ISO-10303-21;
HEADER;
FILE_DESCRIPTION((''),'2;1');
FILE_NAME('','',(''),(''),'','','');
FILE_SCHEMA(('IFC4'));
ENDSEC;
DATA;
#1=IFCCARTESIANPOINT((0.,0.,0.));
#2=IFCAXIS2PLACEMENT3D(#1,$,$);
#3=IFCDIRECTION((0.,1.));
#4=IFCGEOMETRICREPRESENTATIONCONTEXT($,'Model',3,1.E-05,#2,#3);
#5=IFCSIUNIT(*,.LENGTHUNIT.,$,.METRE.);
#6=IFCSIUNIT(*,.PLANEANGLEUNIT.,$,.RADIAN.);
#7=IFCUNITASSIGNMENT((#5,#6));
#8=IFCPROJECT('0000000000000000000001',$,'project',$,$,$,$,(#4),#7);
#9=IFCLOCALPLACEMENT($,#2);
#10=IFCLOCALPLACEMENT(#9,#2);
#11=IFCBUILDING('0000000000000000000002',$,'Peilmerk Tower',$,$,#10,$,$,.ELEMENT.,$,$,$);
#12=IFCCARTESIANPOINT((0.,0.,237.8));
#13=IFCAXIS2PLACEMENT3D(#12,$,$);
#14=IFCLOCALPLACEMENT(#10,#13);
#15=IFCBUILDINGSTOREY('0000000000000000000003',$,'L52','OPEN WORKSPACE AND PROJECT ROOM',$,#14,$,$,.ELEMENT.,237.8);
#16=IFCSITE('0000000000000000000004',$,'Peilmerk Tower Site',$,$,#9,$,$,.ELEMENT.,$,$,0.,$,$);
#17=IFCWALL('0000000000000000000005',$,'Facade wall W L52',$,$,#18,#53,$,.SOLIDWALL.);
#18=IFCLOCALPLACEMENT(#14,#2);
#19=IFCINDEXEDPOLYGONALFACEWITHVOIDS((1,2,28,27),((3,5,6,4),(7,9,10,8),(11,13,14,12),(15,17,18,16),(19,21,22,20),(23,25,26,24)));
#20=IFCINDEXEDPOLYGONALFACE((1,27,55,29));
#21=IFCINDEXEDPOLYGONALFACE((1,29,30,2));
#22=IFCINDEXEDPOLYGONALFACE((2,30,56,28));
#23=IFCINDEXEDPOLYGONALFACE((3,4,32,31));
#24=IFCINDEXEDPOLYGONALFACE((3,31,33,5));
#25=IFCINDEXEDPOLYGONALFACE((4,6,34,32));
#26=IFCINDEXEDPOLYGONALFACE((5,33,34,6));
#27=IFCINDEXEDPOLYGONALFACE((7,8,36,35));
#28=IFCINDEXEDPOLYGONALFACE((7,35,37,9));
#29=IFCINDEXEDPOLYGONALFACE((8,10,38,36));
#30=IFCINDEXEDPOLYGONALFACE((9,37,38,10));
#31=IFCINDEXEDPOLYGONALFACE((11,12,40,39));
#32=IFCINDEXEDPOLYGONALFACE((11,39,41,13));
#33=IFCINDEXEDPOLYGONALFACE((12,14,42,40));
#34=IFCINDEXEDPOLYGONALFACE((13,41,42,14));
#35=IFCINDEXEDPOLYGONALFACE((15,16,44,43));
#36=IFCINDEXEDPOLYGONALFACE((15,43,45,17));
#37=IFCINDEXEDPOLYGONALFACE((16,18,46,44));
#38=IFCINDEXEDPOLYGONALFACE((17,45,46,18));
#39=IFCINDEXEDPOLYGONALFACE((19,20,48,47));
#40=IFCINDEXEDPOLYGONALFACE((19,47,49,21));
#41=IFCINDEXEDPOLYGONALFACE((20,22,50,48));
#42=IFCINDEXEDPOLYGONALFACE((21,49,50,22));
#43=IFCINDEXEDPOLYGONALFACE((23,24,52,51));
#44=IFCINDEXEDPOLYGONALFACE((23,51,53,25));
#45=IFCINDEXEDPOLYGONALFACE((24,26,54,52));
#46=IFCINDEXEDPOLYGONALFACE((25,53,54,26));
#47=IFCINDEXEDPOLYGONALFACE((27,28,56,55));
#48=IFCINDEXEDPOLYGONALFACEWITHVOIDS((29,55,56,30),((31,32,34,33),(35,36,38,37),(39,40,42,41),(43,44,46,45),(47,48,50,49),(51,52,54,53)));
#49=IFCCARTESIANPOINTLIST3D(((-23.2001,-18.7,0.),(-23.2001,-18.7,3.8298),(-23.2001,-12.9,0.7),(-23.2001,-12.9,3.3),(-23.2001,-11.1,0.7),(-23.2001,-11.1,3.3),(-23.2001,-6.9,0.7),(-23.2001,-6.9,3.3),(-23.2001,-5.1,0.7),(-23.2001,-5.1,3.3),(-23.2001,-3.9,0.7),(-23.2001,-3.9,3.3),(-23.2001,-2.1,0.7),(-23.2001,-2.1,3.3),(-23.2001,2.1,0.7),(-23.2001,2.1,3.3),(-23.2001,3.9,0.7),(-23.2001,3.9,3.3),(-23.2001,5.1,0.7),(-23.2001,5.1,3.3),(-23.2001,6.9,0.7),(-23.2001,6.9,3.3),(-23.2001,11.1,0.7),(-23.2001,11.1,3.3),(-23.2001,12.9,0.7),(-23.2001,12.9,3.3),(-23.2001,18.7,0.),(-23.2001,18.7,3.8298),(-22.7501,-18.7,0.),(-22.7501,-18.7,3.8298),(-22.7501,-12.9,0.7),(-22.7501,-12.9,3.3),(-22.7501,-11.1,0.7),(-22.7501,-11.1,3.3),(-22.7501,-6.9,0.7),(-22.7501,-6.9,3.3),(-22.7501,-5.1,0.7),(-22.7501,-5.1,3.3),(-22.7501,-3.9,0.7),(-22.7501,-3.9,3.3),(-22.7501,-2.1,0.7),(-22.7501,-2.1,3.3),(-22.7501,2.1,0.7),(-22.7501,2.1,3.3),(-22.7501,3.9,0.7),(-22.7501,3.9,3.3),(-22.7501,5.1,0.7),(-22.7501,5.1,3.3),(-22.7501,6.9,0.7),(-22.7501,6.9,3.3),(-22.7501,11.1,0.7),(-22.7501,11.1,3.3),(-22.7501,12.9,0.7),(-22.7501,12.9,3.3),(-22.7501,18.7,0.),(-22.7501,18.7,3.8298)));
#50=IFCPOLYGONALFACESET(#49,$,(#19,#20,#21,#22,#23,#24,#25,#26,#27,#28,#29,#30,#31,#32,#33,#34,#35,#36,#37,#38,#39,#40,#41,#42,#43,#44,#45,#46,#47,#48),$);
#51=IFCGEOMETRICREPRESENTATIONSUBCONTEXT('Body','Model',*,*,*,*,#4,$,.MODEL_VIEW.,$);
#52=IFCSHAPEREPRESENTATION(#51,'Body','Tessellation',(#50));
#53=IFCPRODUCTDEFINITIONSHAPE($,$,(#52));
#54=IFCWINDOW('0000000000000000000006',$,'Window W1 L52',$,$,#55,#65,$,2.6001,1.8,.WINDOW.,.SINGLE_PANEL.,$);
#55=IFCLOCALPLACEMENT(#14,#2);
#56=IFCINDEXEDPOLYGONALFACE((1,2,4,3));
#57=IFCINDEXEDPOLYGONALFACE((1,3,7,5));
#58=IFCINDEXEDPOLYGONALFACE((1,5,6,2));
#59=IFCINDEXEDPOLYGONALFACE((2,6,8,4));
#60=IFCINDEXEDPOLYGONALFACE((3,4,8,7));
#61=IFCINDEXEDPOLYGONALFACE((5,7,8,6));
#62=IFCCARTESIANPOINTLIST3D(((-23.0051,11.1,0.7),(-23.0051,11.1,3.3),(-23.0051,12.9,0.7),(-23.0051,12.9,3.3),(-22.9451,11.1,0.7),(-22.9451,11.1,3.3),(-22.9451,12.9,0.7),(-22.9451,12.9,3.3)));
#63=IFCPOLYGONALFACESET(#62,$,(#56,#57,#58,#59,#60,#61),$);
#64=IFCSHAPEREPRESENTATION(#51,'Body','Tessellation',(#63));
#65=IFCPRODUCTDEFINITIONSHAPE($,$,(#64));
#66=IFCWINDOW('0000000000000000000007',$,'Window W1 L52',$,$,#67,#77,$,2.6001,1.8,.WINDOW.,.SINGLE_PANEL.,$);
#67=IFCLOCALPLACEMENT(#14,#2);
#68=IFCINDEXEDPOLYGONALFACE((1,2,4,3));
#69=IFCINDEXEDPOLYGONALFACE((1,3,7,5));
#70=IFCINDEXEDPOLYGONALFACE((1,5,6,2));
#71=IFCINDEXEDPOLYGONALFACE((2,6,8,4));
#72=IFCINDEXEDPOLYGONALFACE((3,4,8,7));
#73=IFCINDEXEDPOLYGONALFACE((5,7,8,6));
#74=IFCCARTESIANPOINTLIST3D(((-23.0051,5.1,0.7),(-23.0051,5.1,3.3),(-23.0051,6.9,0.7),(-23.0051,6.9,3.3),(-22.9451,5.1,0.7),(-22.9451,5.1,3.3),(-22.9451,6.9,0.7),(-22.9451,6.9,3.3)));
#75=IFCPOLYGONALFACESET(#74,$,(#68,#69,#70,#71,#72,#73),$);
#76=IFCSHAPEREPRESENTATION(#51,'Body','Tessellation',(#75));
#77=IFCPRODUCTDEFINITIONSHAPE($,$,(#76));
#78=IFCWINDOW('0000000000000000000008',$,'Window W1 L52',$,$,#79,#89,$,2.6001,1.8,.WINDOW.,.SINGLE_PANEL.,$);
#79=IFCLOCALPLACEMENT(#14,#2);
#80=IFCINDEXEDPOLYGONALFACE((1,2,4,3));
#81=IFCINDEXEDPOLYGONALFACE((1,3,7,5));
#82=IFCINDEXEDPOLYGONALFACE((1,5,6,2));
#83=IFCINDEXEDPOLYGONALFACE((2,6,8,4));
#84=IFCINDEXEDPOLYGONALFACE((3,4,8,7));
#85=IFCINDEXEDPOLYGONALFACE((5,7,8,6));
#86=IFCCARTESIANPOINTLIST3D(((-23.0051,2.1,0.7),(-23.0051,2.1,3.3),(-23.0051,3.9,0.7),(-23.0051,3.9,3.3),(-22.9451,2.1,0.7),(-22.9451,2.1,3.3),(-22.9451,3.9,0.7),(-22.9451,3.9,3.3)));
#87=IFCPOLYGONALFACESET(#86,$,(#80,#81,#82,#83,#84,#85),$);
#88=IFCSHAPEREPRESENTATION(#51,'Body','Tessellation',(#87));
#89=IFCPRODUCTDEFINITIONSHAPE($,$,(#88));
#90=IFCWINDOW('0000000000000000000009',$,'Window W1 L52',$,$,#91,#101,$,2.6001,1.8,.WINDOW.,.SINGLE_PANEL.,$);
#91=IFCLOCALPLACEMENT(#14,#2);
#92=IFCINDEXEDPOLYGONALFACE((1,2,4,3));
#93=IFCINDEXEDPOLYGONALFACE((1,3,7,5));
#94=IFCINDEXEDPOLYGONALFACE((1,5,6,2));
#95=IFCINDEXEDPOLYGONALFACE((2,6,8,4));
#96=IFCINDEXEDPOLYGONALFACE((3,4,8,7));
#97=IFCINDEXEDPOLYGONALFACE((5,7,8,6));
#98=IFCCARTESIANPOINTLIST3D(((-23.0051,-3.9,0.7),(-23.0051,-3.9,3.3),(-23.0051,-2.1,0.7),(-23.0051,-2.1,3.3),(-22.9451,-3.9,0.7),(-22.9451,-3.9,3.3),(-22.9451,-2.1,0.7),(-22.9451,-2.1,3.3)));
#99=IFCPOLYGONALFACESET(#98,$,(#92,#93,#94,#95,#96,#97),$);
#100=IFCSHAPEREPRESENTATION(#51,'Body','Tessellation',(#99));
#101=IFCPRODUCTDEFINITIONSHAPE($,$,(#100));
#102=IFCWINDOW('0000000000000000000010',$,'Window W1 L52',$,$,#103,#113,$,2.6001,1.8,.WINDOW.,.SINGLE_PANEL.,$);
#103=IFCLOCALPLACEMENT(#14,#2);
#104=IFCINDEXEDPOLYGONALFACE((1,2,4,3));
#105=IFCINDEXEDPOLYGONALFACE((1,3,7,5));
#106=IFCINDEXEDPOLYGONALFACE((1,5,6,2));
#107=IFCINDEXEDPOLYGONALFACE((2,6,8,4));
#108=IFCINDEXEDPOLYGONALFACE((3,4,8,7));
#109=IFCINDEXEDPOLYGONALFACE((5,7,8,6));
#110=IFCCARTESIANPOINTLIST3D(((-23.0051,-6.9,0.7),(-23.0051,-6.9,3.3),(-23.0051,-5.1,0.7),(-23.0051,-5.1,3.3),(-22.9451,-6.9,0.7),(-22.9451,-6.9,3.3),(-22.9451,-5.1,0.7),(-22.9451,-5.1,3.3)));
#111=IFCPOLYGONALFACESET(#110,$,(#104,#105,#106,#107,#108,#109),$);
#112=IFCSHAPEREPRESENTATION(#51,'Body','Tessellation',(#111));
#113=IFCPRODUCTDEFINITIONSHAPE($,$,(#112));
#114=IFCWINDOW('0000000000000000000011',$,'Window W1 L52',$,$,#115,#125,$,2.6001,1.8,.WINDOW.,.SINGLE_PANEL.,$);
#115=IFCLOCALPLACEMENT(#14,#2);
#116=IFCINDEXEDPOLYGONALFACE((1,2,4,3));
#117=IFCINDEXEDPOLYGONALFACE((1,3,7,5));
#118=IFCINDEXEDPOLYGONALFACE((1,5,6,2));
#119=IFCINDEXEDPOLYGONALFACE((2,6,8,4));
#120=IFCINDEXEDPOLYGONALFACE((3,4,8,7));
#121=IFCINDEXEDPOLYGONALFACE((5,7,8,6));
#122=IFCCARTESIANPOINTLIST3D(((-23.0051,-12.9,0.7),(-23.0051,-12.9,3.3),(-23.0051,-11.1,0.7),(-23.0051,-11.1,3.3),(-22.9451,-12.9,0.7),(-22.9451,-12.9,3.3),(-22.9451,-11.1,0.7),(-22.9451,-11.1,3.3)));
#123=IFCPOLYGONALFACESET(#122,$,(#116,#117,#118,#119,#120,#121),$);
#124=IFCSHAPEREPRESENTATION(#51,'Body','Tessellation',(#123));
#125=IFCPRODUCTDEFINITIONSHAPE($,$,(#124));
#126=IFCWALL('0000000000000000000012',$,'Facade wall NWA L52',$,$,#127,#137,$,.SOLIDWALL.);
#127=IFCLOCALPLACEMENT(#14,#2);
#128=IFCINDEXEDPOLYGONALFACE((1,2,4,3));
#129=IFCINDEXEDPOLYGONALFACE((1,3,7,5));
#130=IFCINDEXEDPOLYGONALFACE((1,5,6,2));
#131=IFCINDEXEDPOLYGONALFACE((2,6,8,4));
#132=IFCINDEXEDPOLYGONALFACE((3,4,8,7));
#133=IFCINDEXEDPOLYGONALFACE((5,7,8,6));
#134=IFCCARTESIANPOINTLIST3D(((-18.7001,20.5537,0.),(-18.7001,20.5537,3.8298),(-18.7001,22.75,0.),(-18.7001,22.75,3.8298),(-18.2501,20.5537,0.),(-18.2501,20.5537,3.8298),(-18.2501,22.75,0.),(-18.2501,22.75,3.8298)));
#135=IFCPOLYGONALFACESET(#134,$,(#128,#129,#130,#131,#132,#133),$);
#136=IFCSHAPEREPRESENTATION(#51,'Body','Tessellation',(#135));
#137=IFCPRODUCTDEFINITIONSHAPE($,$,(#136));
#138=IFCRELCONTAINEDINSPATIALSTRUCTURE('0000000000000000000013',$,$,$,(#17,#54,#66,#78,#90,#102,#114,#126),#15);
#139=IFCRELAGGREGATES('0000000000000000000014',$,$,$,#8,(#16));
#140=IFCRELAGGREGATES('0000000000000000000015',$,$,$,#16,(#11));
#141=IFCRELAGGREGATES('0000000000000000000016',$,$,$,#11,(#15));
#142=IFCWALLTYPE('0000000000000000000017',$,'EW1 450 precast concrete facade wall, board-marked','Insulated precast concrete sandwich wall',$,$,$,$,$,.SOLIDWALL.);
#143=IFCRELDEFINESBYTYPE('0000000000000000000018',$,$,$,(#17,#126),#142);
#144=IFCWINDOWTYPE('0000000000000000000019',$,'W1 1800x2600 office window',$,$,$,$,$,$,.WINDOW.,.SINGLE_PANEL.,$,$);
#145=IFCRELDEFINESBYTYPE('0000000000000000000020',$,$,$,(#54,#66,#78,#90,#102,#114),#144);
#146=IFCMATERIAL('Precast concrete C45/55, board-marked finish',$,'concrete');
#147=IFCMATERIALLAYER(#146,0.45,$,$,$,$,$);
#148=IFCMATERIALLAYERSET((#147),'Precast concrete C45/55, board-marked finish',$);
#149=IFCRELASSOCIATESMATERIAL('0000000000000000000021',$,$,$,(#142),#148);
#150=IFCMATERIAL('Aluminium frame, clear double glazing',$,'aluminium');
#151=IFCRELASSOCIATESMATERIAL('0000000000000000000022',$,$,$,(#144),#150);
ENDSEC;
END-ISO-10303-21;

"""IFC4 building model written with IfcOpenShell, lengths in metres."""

from ifc_helpers import new_model, si_unit, direction, frame, frame_2d, origin, place, context, subcontext, project, spatial, rectangle, extrude, material, layer, layer_set, type_object, element, fill, save


model = new_model("IFC4")

# Units and contexts
model_context = context("Model", 3, precision=1e-05, world=origin(), true_north=direction((0.0, 1.0)))
body_context = subcontext(model_context, "Body", "Model", "MODEL_VIEW")
ifc_project = project(units=[si_unit("LENGTHUNIT", "METRE"), si_unit("PLANEANGLEUNIT", "RADIAN")], contexts=[model_context])

# Site, building, storey
site_placement = place(None, origin())
site = spatial("IfcSite", under=ifc_project, at=site_placement, Name="Peilmerk Tower Site", CompositionType="ELEMENT", RefElevation=0.0)
building_placement = place(site_placement, origin())
building = spatial("IfcBuilding", under=site, at=building_placement, Name="Peilmerk Tower", CompositionType="ELEMENT")
storey_placement = place(building_placement, frame((0.0, 0.0, 237.8)))
storey = spatial("IfcBuildingStorey", under=building, at=storey_placement, Name="L52", Description="OPEN WORKSPACE AND PROJECT ROOM", CompositionType="ELEMENT", Elevation=237.8)

# Wall, openings, windows
ifc_material_1 = material(Name="Precast concrete C45/55, board-marked finish", Category="concrete")
ifc_layer_1 = layer(ifc_material_1, 0.45)
ifc_layer_set_1 = layer_set([ifc_layer_1], Name="Precast concrete C45/55, board-marked finish")
wall_type = type_object("IfcWallType", Name="EW1 450 precast concrete facade wall, board-marked", Description="Insulated precast concrete sandwich wall", PredefinedType="SOLIDWALL", material=ifc_layer_set_1)
wall_1_placement = place(storey_placement, frame((-22.9751, 18.7, 0.0), z_axis=(0.0, 0.0, 1.0), x_axis=(0.0, -1.0, 0.0)))
wall_1 = element("IfcWall", 1, at=wall_1_placement, inside=storey, type_object=wall_type, Name="Facade wall W L52", PredefinedType="SOLIDWALL", context=body_context, shape_type="SweptSolid", body=[
    extrude(rectangle(XDim=37.3999, YDim=0.45, at=frame_2d((18.7, 0.0))), origin(), (0.0, 0.0, 1.0), 3.8298),
])
opening_1_placement = place(wall_1_placement, frame((5.8, 0.0, 0.7)))
opening_1 = element("IfcOpeningElement", 2, at=opening_1_placement, cuts=wall_1, PredefinedType="OPENING", context=body_context, shape_type="SweptSolid", body=[
    extrude(rectangle(XDim=1.8, YDim=2.6001, at=frame_2d((0.8999, 1.3))), frame((0.0, 0.2349, 0.0), z_axis=(0.0, -1.0, 0.0), x_axis=(1.0, 0.0, 0.0)), (0.0, 0.0, 1.0), 0.47),
])
opening_2_placement = place(wall_1_placement, frame((11.8, 0.0, 0.7)))
opening_2 = element("IfcOpeningElement", 3, at=opening_2_placement, cuts=wall_1, PredefinedType="OPENING", context=body_context, shape_type="SweptSolid", body=[
    extrude(rectangle(XDim=1.8, YDim=2.6001, at=frame_2d((0.8999, 1.3))), frame((0.0, 0.2349, 0.0), z_axis=(0.0, -1.0, 0.0), x_axis=(1.0, 0.0, 0.0)), (0.0, 0.0, 1.0), 0.47),
])
opening_3_placement = place(wall_1_placement, frame((14.8, 0.0, 0.7)))
opening_3 = element("IfcOpeningElement", 4, at=opening_3_placement, cuts=wall_1, PredefinedType="OPENING", context=body_context, shape_type="SweptSolid", body=[
    extrude(rectangle(XDim=1.8, YDim=2.6001, at=frame_2d((0.8999, 1.3))), frame((0.0, 0.2349, 0.0), z_axis=(0.0, -1.0, 0.0), x_axis=(1.0, 0.0, 0.0)), (0.0, 0.0, 1.0), 0.47),
])
opening_4_placement = place(wall_1_placement, frame((20.8, 0.0, 0.7)))
opening_4 = element("IfcOpeningElement", 5, at=opening_4_placement, cuts=wall_1, PredefinedType="OPENING", context=body_context, shape_type="SweptSolid", body=[
    extrude(rectangle(XDim=1.8, YDim=2.6001, at=frame_2d((0.8999, 1.3))), frame((0.0, 0.2349, 0.0), z_axis=(0.0, -1.0, 0.0), x_axis=(1.0, 0.0, 0.0)), (0.0, 0.0, 1.0), 0.47),
])
opening_5_placement = place(wall_1_placement, frame((23.8, 0.0, 0.7)))
opening_5 = element("IfcOpeningElement", 6, at=opening_5_placement, cuts=wall_1, PredefinedType="OPENING", context=body_context, shape_type="SweptSolid", body=[
    extrude(rectangle(XDim=1.8, YDim=2.6001, at=frame_2d((0.8999, 1.3))), frame((0.0, 0.2349, 0.0), z_axis=(0.0, -1.0, 0.0), x_axis=(1.0, 0.0, 0.0)), (0.0, 0.0, 1.0), 0.47),
])
opening_6_placement = place(wall_1_placement, frame((29.8, 0.0, 0.7)))
opening_6 = element("IfcOpeningElement", 7, at=opening_6_placement, cuts=wall_1, PredefinedType="OPENING", context=body_context, shape_type="SweptSolid", body=[
    extrude(rectangle(XDim=1.8, YDim=2.6001, at=frame_2d((0.8999, 1.3))), frame((0.0, 0.2349, 0.0), z_axis=(0.0, -1.0, 0.0), x_axis=(1.0, 0.0, 0.0)), (0.0, 0.0, 1.0), 0.47),
])
ifc_material_2 = material(Name="Aluminium frame, clear double glazing", Category="aluminium")
window_type = type_object("IfcWindowType", Name="W1 1800x2600 office window", PartitioningType="SINGLE_PANEL", PredefinedType="WINDOW", material=ifc_material_2)
window_1_placement = place(opening_1_placement, origin())
window_1 = element("IfcWindow", 8, at=window_1_placement, inside=storey, type_object=window_type, Name="Window W1 L52", OverallHeight=2.6001, OverallWidth=1.8, PartitioningType="SINGLE_PANEL", PredefinedType="WINDOW", context=body_context, shape_type="SweptSolid", body=[
    extrude(rectangle(XDim=1.8, YDim=2.6001, at=frame_2d((0.8999, 1.3))), frame((0.0, 0.03, 0.0), z_axis=(0.0, -1.0, 0.0), x_axis=(1.0, 0.0, 0.0)), (0.0, 0.0, 1.0), 0.0601),
])
fill(opening_1, window_1)
window_2_placement = place(opening_2_placement, origin())
window_2 = element("IfcWindow", 9, at=window_2_placement, inside=storey, type_object=window_type, Name="Window W1 L52", OverallHeight=2.6001, OverallWidth=1.8, PartitioningType="SINGLE_PANEL", PredefinedType="WINDOW", context=body_context, shape_type="SweptSolid", body=[
    extrude(rectangle(XDim=1.8, YDim=2.6001, at=frame_2d((0.8999, 1.3))), frame((0.0, 0.03, 0.0), z_axis=(0.0, -1.0, 0.0), x_axis=(1.0, 0.0, 0.0)), (0.0, 0.0, 1.0), 0.0601),
])
fill(opening_2, window_2)
window_3_placement = place(opening_3_placement, origin())
window_3 = element("IfcWindow", 10, at=window_3_placement, inside=storey, type_object=window_type, Name="Window W1 L52", OverallHeight=2.6001, OverallWidth=1.8, PartitioningType="SINGLE_PANEL", PredefinedType="WINDOW", context=body_context, shape_type="SweptSolid", body=[
    extrude(rectangle(XDim=1.8, YDim=2.6001, at=frame_2d((0.8999, 1.3))), frame((0.0, 0.03, 0.0), z_axis=(0.0, -1.0, 0.0), x_axis=(1.0, 0.0, 0.0)), (0.0, 0.0, 1.0), 0.0601),
])
fill(opening_3, window_3)
window_4_placement = place(opening_4_placement, origin())
window_4 = element("IfcWindow", 11, at=window_4_placement, inside=storey, type_object=window_type, Name="Window W1 L52", OverallHeight=2.6001, OverallWidth=1.8, PartitioningType="SINGLE_PANEL", PredefinedType="WINDOW", context=body_context, shape_type="SweptSolid", body=[
    extrude(rectangle(XDim=1.8, YDim=2.6001, at=frame_2d((0.8999, 1.3))), frame((0.0, 0.03, 0.0), z_axis=(0.0, -1.0, 0.0), x_axis=(1.0, 0.0, 0.0)), (0.0, 0.0, 1.0), 0.0601),
])
fill(opening_4, window_4)
window_5_placement = place(opening_5_placement, origin())
window_5 = element("IfcWindow", 12, at=window_5_placement, inside=storey, type_object=window_type, Name="Window W1 L52", OverallHeight=2.6001, OverallWidth=1.8, PartitioningType="SINGLE_PANEL", PredefinedType="WINDOW", context=body_context, shape_type="SweptSolid", body=[
    extrude(rectangle(XDim=1.8, YDim=2.6001, at=frame_2d((0.8999, 1.3))), frame((0.0, 0.03, 0.0), z_axis=(0.0, -1.0, 0.0), x_axis=(1.0, 0.0, 0.0)), (0.0, 0.0, 1.0), 0.0601),
])
fill(opening_5, window_5)
window_6_placement = place(opening_6_placement, origin())
window_6 = element("IfcWindow", 13, at=window_6_placement, inside=storey, type_object=window_type, Name="Window W1 L52", OverallHeight=2.6001, OverallWidth=1.8, PartitioningType="SINGLE_PANEL", PredefinedType="WINDOW", context=body_context, shape_type="SweptSolid", body=[
    extrude(rectangle(XDim=1.8, YDim=2.6001, at=frame_2d((0.8999, 1.3))), frame((0.0, 0.03, 0.0), z_axis=(0.0, -1.0, 0.0), x_axis=(1.0, 0.0, 0.0)), (0.0, 0.0, 1.0), 0.0601),
])
fill(opening_6, window_6)

# Wall
wall_2_placement = place(storey_placement, frame((-18.4751, 20.5537, 0.0), z_axis=(0.0, 0.0, 1.0), x_axis=(0.0, 1.0, 0.0)))
element("IfcWall", 14, at=wall_2_placement, inside=storey, type_object=wall_type, Name="Facade wall NWA L52", PredefinedType="SOLIDWALL", context=body_context, shape_type="SweptSolid", body=[
    extrude(rectangle(XDim=2.1963, YDim=0.45, at=frame_2d((1.0981, 0.0))), origin(), (0.0, 0.0, 1.0), 3.8298),
])

save(model, "model.ifc")
